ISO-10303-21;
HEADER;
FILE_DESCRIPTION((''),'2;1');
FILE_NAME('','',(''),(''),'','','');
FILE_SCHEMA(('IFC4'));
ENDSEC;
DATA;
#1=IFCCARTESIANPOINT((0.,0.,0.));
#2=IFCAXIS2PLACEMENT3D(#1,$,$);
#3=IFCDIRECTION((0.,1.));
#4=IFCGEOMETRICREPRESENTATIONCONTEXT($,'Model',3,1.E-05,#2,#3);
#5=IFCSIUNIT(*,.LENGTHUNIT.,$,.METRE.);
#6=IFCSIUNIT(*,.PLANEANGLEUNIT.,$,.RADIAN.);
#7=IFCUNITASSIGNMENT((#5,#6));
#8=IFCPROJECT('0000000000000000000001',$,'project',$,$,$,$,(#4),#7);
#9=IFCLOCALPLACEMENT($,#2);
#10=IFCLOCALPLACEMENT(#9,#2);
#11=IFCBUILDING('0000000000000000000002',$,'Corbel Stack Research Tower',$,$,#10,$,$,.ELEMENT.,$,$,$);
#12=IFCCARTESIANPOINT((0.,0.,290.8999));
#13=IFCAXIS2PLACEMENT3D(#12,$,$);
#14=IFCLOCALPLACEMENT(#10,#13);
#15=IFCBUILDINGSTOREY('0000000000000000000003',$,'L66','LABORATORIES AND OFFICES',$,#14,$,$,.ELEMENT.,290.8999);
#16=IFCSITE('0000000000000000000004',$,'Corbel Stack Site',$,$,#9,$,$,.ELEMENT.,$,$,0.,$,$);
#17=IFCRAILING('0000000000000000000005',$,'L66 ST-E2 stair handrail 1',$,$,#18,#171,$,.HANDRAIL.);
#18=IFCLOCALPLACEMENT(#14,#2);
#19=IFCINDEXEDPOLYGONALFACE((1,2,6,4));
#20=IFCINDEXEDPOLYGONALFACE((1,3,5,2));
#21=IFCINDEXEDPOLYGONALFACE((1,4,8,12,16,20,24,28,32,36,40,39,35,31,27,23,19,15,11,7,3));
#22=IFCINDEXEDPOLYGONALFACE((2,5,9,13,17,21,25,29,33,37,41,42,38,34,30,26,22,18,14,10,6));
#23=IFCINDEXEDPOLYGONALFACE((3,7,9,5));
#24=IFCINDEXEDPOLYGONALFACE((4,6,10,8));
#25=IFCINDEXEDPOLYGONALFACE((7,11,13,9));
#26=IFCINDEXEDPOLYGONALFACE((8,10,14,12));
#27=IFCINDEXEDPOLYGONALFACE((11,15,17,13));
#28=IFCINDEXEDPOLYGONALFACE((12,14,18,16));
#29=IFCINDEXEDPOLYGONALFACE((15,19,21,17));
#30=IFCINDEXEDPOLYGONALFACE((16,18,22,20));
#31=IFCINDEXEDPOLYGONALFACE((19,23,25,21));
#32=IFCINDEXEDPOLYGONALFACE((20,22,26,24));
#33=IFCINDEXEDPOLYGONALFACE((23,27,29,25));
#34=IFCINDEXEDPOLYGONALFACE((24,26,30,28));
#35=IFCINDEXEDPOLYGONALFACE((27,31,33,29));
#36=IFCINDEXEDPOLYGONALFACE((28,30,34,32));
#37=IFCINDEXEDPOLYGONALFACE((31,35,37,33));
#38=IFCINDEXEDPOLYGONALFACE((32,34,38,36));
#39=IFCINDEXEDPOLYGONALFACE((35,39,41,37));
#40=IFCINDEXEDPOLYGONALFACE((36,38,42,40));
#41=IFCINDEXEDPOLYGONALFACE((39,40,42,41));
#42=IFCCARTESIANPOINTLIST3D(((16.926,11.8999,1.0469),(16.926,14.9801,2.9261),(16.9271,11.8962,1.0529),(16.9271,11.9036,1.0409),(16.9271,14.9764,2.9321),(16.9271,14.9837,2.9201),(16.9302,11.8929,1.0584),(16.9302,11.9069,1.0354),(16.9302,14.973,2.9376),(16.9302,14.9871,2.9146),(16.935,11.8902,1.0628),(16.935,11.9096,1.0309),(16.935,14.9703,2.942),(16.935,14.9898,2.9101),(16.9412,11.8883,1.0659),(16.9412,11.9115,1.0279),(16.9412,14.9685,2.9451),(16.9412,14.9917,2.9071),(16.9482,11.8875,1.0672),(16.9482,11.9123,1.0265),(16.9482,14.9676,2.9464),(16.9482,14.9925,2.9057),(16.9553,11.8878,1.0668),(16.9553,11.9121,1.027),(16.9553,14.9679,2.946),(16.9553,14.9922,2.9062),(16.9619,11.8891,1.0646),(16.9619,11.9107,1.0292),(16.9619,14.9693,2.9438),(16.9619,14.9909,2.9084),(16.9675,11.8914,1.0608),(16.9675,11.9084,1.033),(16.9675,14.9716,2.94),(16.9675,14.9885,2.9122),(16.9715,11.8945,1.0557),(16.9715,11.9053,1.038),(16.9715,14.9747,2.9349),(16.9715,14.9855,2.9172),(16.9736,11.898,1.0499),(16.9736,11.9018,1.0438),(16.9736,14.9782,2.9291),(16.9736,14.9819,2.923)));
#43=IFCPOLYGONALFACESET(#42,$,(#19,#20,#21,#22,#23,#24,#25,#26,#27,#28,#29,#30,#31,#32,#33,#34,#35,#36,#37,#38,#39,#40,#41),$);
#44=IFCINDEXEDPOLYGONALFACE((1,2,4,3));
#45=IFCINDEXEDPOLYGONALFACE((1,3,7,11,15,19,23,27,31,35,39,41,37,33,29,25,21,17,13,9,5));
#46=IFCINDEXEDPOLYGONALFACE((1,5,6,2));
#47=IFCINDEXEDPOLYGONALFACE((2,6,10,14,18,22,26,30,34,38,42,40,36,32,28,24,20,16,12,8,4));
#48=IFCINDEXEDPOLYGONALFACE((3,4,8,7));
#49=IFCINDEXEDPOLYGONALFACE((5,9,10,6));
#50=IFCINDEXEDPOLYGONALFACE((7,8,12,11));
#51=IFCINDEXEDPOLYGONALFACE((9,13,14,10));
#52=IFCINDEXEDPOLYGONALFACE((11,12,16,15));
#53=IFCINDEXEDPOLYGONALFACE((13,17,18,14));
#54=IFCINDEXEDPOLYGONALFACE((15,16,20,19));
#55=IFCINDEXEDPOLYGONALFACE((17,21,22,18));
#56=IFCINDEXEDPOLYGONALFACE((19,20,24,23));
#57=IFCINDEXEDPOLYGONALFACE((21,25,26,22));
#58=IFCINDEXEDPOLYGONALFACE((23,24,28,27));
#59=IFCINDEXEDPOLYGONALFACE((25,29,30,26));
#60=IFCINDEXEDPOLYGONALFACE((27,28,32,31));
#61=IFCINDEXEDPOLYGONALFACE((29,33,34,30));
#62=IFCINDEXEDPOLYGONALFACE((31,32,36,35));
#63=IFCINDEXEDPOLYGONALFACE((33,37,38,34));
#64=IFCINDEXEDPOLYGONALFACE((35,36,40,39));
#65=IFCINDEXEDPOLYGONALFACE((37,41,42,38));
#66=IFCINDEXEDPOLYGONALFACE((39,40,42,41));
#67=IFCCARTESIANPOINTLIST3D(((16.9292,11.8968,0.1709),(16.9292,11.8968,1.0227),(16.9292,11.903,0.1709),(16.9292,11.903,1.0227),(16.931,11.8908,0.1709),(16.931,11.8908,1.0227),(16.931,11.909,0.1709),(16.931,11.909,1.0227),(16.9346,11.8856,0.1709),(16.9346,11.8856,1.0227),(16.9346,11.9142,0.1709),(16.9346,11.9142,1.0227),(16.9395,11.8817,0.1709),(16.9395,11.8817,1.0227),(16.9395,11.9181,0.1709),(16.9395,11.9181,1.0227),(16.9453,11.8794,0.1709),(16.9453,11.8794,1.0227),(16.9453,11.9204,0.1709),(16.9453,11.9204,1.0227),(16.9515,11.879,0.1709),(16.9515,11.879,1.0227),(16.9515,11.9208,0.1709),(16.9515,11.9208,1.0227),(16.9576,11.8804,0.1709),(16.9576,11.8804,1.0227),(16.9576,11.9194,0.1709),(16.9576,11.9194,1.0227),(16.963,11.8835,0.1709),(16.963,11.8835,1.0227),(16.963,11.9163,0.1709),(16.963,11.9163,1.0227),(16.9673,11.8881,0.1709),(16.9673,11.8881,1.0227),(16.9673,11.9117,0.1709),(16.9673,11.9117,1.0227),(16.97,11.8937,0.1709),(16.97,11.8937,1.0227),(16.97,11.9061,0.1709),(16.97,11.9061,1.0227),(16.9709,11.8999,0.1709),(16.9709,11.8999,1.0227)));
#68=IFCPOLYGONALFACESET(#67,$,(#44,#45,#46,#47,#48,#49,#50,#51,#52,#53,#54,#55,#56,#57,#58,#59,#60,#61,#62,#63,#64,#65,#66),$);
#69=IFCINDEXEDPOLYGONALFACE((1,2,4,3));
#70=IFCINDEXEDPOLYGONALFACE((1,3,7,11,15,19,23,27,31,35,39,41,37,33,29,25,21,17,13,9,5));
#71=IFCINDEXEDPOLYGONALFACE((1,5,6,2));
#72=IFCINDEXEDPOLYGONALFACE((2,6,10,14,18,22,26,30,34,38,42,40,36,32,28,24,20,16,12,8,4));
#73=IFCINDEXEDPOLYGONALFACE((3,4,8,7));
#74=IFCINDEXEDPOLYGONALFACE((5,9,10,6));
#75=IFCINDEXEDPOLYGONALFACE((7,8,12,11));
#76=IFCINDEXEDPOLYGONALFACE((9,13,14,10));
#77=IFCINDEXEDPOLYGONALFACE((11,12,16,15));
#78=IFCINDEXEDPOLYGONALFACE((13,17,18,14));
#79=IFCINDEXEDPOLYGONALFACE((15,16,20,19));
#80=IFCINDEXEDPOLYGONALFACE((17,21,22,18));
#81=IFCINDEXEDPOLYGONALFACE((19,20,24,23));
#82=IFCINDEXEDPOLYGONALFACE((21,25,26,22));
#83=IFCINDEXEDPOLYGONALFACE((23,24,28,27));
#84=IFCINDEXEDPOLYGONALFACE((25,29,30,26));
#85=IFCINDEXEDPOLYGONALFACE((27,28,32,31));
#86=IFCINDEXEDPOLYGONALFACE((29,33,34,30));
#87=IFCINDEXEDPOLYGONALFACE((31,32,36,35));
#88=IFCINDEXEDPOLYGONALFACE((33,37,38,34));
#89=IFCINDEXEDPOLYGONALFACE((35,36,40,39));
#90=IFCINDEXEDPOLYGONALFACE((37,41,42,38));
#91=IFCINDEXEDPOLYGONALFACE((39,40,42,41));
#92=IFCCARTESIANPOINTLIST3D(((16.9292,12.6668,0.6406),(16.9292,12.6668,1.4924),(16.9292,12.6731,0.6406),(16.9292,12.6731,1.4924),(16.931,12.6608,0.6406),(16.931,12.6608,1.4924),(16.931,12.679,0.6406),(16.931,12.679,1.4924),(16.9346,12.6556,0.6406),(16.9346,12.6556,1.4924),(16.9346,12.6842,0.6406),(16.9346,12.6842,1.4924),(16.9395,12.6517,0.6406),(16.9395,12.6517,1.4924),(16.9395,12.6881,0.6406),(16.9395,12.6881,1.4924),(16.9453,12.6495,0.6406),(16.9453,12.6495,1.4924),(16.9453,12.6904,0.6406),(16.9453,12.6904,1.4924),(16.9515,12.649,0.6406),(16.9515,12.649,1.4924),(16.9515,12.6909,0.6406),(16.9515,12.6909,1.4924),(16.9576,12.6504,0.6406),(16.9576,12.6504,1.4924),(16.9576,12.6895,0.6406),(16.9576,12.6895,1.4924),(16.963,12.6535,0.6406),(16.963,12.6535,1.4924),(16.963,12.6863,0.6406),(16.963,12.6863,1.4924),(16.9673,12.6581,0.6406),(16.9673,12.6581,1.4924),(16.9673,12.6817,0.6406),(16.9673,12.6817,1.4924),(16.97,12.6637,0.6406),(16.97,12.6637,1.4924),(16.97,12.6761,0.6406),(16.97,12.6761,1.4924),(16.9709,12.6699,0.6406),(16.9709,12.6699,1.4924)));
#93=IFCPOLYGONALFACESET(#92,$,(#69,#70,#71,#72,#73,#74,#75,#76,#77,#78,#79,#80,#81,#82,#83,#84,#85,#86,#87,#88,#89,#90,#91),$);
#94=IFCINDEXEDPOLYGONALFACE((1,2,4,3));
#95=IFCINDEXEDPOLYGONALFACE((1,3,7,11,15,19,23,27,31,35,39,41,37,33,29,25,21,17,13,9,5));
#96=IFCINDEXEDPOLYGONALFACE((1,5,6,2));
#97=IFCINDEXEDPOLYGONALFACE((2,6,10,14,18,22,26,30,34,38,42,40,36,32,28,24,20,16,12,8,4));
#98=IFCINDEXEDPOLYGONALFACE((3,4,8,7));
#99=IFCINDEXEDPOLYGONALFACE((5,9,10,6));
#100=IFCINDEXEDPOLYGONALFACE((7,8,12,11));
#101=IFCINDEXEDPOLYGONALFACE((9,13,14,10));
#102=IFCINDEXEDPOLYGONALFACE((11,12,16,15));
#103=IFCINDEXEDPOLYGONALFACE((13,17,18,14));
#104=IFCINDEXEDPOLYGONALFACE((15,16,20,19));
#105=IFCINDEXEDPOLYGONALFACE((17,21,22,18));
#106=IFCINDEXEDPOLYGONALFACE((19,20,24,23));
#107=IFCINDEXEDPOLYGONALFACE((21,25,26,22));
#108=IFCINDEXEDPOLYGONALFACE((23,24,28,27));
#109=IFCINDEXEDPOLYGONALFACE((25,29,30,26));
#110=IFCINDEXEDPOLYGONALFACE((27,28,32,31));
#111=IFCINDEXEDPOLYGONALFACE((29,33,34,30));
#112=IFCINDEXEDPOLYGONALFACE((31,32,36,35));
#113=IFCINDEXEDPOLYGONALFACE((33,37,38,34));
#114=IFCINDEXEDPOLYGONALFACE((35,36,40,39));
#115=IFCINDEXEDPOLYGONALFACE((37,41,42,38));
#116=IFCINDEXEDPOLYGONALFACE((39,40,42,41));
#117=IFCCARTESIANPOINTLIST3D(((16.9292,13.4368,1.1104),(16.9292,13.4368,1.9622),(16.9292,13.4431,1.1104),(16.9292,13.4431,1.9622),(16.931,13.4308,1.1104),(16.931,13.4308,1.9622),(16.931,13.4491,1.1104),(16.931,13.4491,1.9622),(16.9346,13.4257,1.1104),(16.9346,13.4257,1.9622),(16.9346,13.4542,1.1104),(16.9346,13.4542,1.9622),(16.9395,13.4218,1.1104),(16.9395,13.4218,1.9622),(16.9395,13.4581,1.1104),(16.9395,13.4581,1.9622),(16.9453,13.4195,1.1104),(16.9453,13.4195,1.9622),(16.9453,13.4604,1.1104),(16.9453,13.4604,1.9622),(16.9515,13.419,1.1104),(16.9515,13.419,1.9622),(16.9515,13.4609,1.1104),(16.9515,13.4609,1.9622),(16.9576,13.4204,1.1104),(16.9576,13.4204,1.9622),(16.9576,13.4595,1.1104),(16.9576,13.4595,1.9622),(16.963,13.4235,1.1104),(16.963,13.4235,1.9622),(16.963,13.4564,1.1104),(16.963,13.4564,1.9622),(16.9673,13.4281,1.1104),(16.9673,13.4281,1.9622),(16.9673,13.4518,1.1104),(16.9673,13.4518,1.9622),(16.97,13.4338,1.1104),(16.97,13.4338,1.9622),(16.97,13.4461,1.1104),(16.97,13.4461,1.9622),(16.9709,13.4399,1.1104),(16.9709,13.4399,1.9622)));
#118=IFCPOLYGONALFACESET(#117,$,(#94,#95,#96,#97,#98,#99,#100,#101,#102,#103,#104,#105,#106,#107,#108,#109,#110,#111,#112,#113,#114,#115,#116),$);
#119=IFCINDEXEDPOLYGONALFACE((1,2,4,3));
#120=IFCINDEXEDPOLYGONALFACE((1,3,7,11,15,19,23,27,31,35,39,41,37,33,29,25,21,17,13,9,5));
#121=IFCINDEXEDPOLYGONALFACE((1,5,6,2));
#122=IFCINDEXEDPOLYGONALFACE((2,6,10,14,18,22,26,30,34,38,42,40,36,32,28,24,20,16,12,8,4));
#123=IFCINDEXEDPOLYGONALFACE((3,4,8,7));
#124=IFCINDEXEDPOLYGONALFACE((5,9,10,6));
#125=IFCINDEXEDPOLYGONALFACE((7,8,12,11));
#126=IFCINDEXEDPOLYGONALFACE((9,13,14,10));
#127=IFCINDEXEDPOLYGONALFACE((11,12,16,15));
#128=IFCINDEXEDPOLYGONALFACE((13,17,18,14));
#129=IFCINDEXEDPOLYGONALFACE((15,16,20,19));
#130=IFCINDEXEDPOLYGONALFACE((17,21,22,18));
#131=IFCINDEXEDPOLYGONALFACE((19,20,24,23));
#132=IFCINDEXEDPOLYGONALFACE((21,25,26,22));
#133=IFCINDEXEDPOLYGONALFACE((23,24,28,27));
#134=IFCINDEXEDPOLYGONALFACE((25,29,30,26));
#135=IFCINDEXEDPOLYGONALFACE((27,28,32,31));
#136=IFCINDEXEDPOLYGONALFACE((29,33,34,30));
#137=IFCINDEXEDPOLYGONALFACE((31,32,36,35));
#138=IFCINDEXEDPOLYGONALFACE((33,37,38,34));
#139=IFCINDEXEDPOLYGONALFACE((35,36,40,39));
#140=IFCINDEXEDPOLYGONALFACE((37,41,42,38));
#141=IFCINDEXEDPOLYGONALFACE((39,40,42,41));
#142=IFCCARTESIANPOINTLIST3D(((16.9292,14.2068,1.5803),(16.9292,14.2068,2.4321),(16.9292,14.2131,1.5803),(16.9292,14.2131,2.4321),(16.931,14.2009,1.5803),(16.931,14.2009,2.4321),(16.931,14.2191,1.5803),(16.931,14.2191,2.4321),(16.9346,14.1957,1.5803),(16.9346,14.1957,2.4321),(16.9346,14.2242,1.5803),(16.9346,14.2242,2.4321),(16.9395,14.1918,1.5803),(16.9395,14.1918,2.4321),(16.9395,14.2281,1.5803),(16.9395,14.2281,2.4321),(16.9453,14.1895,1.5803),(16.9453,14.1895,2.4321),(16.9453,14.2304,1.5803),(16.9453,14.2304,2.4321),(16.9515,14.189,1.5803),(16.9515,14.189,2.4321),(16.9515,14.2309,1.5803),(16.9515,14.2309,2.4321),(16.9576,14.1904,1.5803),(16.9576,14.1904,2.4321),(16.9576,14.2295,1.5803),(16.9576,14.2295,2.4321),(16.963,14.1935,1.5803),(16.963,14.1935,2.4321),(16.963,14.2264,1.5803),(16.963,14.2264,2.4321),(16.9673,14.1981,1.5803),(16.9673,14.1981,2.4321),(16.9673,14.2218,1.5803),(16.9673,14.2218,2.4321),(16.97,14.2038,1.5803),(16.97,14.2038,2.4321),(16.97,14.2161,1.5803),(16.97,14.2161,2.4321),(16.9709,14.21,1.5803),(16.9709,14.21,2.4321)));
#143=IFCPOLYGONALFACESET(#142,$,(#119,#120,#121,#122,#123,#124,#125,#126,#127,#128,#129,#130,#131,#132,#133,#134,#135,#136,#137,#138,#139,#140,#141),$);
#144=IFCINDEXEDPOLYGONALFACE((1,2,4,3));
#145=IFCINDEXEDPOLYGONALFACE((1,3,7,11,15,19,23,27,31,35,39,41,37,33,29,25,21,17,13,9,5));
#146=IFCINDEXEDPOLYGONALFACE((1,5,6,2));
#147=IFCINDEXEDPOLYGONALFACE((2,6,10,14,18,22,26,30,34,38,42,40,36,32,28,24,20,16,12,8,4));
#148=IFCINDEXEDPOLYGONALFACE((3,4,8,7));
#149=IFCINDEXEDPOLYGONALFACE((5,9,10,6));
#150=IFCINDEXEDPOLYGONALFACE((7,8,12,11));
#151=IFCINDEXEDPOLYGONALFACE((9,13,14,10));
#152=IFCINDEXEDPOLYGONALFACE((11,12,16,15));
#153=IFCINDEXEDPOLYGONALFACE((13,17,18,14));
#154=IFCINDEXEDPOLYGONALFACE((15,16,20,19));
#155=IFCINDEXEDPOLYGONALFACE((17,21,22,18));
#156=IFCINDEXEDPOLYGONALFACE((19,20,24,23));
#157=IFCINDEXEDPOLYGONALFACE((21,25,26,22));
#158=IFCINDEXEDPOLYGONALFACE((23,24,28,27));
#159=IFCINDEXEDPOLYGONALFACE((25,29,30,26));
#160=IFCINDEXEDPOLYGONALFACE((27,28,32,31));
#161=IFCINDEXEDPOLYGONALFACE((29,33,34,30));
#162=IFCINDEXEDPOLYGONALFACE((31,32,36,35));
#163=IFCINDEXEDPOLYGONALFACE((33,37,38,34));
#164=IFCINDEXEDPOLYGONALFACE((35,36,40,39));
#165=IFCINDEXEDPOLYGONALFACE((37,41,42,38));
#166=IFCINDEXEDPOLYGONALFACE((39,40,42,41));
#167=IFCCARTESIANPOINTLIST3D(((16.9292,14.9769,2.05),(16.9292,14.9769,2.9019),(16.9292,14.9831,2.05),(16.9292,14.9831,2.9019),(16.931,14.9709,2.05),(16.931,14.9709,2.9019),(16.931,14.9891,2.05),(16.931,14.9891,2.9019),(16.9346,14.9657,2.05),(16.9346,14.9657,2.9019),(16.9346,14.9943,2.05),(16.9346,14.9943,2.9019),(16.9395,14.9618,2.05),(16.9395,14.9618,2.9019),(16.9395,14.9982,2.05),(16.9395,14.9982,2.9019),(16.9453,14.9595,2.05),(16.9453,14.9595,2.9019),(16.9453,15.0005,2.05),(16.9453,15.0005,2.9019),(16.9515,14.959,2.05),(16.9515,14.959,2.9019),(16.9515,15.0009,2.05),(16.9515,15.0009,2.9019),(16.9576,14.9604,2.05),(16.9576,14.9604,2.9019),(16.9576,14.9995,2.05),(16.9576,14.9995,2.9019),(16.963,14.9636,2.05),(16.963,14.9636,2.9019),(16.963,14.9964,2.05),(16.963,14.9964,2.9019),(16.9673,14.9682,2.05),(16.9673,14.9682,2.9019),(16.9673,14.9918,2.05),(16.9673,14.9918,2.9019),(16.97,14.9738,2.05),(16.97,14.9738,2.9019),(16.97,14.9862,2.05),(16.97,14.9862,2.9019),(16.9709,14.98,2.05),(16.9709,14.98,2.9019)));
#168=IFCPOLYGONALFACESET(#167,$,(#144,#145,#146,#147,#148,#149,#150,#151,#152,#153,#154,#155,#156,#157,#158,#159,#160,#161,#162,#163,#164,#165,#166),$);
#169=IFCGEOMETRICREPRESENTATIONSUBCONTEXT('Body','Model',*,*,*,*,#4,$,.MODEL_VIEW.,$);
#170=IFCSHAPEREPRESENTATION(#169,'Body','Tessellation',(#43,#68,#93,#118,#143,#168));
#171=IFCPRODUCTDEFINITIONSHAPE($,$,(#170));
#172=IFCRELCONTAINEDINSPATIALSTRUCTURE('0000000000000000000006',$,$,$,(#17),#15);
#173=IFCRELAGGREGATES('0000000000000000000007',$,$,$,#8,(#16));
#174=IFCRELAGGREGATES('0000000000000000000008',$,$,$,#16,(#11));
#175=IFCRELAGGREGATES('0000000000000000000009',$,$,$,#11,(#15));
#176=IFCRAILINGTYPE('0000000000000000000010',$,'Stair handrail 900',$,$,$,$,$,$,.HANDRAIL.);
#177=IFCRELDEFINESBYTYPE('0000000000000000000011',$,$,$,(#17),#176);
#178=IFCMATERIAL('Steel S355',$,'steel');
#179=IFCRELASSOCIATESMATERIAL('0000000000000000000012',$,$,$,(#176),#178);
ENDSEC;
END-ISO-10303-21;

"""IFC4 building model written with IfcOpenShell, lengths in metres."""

from ifc_helpers import new_model, si_unit, direction, frame, origin, origin_2d, place, context, subcontext, project, spatial, circle, extrude, material, type_object, element, save


model = new_model("IFC4")

# Units and contexts
model_context = context("Model", 3, precision=1e-05, world=origin(), true_north=direction((0.0, 1.0)))
body_context = subcontext(model_context, "Body", "Model", "MODEL_VIEW")
ifc_project = project(units=[si_unit("LENGTHUNIT", "METRE"), si_unit("PLANEANGLEUNIT", "RADIAN")], contexts=[model_context])

# Site, building, storey
site_placement = place(None, origin())
site = spatial("IfcSite", under=ifc_project, at=site_placement, Name="Corbel Stack Site", CompositionType="ELEMENT", RefElevation=0.0)
building_placement = place(site_placement, origin())
building = spatial("IfcBuilding", under=site, at=building_placement, Name="Corbel Stack Research Tower", CompositionType="ELEMENT")
storey_placement = place(building_placement, frame((0.0, 0.0, 290.8999)))
storey = spatial("IfcBuildingStorey", under=building, at=storey_placement, Name="L66", Description="LABORATORIES AND OFFICES", CompositionType="ELEMENT", Elevation=290.8999)

# Railing
ifc_material_1 = material(Name="Steel S355", Category="steel")
railing_type_1 = type_object("IfcRailingType", Name="Stair handrail 900", PredefinedType="HANDRAIL", material=ifc_material_1)
railing_1_placement = place(storey_placement, frame((16.95, 11.8999, 0.1709)))
element("IfcRailing", 1, at=railing_1_placement, inside=storey, type_object=railing_type_1, Name="L66 ST-E2 stair handrail 1", PredefinedType="HANDRAIL", context=body_context, shape_type="SweptSolid", body=[
    extrude(circle(Radius=0.0239, at=origin_2d()), frame((0.0, 0.0, 0.876), z_axis=(0.0, 0.853666, 0.52082), x_axis=(-1.0, 0.0, 0.0)), (0.0, 0.0, 1.0), 3.6082),
    extrude(circle(Radius=0.021, at=origin_2d()), origin(), (0.0, 0.0, 1.0), 0.8518),
    extrude(circle(Radius=0.021, at=origin_2d()), frame((0.0, 0.77, 0.4697)), (0.0, 0.0, 1.0), 0.8518),
    extrude(circle(Radius=0.021, at=origin_2d()), frame((0.0, 1.54, 0.9395)), (0.0, 0.0, 1.0), 0.8518),
    extrude(circle(Radius=0.021, at=origin_2d()), frame((0.0, 2.3101, 1.4094)), (0.0, 0.0, 1.0), 0.8518),
    extrude(circle(Radius=0.021, at=origin_2d()), frame((0.0, 3.0801, 1.8792)), (0.0, 0.0, 1.0), 0.8518),
])

save(model, "model.ifc")
